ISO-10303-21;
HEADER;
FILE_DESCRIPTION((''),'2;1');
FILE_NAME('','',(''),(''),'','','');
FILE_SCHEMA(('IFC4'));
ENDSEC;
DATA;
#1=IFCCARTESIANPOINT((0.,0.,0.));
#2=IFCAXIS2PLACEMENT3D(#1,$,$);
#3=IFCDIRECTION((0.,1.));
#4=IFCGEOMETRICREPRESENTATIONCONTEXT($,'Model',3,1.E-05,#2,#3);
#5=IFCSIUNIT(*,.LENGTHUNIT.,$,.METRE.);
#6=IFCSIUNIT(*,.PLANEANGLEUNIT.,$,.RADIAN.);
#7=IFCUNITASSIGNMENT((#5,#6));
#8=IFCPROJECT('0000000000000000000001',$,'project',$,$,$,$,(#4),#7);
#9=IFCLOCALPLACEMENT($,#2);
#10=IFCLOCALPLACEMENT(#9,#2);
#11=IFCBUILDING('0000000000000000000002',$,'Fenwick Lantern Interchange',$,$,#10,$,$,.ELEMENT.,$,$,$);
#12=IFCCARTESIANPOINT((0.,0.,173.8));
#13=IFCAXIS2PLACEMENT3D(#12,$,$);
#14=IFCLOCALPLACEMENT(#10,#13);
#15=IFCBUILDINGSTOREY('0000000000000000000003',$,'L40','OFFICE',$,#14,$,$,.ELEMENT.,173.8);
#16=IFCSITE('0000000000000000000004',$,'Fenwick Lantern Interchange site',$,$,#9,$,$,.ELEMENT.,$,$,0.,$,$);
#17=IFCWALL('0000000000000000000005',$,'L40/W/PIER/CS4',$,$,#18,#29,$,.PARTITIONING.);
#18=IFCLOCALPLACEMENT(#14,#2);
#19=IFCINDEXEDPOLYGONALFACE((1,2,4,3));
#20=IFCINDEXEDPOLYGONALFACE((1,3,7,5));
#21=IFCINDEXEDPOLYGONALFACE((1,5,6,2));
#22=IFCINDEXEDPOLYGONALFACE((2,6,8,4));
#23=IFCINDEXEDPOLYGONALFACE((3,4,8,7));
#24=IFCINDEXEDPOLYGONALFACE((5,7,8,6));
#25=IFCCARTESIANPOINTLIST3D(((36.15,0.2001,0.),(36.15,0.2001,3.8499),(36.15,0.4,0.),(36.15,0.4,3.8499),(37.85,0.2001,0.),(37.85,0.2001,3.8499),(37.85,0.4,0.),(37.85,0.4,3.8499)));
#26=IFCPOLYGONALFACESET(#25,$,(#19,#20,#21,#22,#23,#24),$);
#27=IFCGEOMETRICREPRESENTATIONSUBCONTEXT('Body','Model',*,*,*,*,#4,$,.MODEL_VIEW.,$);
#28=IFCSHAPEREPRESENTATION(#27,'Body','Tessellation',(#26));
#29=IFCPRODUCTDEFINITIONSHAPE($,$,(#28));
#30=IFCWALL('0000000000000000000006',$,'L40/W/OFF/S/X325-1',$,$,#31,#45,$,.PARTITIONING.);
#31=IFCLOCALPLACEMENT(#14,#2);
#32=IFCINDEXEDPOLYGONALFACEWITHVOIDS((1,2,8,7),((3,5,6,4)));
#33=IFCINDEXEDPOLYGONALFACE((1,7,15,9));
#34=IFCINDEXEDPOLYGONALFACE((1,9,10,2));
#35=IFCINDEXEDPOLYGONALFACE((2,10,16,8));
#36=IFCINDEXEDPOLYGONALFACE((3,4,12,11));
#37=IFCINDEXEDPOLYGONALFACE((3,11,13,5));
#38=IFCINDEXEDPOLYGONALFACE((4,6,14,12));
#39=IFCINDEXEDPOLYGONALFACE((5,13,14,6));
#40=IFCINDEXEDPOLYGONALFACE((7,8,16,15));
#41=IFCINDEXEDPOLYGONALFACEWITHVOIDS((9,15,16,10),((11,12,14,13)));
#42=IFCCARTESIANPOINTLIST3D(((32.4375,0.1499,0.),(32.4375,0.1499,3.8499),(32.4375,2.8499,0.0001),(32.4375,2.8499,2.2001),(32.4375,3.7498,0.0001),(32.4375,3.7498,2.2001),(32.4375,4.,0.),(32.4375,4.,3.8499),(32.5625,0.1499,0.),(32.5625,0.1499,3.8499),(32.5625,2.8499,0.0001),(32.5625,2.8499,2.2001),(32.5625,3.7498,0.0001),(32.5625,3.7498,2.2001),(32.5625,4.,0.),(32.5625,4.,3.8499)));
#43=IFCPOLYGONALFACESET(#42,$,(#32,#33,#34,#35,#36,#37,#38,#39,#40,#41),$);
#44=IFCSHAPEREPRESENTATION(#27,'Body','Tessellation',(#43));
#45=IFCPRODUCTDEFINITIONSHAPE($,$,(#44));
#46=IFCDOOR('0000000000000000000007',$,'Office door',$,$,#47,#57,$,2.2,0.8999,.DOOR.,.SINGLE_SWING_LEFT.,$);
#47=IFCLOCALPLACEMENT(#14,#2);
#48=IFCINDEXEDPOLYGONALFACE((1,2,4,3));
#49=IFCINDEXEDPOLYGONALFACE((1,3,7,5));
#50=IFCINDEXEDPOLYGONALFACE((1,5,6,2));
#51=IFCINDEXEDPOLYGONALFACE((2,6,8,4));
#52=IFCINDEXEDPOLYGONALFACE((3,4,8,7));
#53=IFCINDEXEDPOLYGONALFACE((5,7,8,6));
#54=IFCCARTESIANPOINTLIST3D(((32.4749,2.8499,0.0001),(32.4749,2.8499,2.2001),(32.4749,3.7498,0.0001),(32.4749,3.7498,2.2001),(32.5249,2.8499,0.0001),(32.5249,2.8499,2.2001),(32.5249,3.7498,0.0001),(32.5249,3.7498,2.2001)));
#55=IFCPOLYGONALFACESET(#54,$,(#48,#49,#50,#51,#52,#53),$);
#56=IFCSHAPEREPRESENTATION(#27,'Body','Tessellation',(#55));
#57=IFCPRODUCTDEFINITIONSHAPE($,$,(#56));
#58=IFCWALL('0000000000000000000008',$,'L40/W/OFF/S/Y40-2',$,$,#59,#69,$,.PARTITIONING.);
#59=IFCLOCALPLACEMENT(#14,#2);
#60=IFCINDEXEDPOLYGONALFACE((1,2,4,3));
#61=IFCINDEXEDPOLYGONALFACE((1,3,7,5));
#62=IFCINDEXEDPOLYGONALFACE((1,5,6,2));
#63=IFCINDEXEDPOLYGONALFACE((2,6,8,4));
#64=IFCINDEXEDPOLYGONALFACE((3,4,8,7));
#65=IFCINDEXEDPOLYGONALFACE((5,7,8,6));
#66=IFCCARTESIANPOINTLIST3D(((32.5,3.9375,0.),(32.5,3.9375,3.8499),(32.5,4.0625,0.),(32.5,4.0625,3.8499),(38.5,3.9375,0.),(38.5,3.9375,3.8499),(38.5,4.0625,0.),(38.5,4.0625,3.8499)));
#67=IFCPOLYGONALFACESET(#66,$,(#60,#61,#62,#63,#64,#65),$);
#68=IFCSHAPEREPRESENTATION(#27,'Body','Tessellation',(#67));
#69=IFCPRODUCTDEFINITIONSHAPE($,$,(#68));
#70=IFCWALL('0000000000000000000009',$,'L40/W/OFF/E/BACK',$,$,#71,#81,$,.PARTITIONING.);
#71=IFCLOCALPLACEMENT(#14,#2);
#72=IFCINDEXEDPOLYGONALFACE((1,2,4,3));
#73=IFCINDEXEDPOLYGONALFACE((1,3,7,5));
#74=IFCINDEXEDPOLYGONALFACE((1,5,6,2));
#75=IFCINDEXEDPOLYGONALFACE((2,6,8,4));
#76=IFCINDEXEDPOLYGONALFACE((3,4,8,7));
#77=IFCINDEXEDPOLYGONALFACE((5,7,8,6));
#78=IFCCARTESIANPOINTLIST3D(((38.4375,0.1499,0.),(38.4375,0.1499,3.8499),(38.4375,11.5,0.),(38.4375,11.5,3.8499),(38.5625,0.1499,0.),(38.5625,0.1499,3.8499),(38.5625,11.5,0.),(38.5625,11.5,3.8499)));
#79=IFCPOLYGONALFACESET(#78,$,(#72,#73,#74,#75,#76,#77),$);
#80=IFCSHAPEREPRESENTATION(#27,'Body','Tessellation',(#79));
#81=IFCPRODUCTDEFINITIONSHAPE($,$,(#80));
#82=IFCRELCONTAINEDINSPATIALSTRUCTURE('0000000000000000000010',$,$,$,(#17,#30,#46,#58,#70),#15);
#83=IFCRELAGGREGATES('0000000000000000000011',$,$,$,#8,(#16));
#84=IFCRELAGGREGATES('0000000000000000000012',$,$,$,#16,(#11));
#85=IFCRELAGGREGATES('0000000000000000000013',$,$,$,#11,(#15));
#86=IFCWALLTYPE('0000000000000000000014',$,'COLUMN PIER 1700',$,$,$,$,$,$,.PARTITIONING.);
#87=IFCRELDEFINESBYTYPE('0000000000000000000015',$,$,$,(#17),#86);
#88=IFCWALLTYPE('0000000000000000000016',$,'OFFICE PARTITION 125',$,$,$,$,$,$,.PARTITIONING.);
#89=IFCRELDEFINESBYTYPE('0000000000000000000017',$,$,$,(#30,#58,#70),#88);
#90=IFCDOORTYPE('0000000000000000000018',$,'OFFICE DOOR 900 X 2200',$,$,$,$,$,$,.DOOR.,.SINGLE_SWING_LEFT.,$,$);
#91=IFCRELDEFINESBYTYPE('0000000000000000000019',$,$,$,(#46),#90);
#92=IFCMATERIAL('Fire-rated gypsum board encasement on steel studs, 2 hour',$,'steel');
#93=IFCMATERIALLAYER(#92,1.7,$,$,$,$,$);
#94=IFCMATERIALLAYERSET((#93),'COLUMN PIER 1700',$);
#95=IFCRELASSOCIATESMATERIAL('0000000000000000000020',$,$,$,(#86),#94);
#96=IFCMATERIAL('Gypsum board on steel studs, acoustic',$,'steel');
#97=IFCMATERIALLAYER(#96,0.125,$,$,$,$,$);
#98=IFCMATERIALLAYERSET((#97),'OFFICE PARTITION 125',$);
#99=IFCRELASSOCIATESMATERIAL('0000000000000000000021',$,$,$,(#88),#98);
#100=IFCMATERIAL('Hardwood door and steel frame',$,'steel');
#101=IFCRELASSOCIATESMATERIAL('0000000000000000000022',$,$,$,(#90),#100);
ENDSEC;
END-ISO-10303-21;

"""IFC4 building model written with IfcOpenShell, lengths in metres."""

from ifc_helpers import new_model, si_unit, direction, frame, frame_2d, origin, place, context, subcontext, project, spatial, rectangle, extrude, material, layer, layer_set, type_object, element, fill, save


model = new_model("IFC4")

# Units and contexts
model_context = context("Model", 3, precision=1e-05, world=origin(), true_north=direction((0.0, 1.0)))
body_context = subcontext(model_context, "Body", "Model", "MODEL_VIEW")
ifc_project = project(units=[si_unit("LENGTHUNIT", "METRE"), si_unit("PLANEANGLEUNIT", "RADIAN")], contexts=[model_context])

# Site, building, storey
site_placement = place(None, origin())
site = spatial("IfcSite", under=ifc_project, at=site_placement, Name="Fenwick Lantern Interchange site", CompositionType="ELEMENT", RefElevation=0.0)
building_placement = place(site_placement, origin())
building = spatial("IfcBuilding", under=site, at=building_placement, Name="Fenwick Lantern Interchange", CompositionType="ELEMENT")
storey_placement = place(building_placement, frame((0.0, 0.0, 173.8)))
storey = spatial("IfcBuildingStorey", under=building, at=storey_placement, Name="L40", Description="OFFICE", CompositionType="ELEMENT", Elevation=173.8)

# Wall
ifc_material_1 = material(Name="Fire-rated gypsum board encasement on steel studs, 2 hour", Category="steel")
ifc_layer_1 = layer(ifc_material_1, 1.7)
ifc_layer_set_1 = layer_set([ifc_layer_1], Name="COLUMN PIER 1700")
wall_type_1 = type_object("IfcWallType", Name="COLUMN PIER 1700", PredefinedType="PARTITIONING", material=ifc_layer_set_1)
wall_1_placement = place(storey_placement, frame((37.0, 0.2, 0.0), z_axis=(0.0, 0.0, 1.0), x_axis=(0.0, 1.0, 0.0)))
element("IfcWall", 1, at=wall_1_placement, inside=storey, type_object=wall_type_1, Name="L40/W/PIER/CS4", PredefinedType="PARTITIONING", context=body_context, shape_type="SweptSolid", body=[
    extrude(rectangle(XDim=0.2, YDim=1.7, at=frame_2d((0.1001, 0.0))), origin(), (0.0, 0.0, 1.0), 3.8499),
])

# Wall, opening, door
ifc_material_2 = material(Name="Gypsum board on steel studs, acoustic", Category="steel")
ifc_layer_2 = layer(ifc_material_2, 0.125)
ifc_layer_set_2 = layer_set([ifc_layer_2], Name="OFFICE PARTITION 125")
wall_type_2 = type_object("IfcWallType", Name="OFFICE PARTITION 125", PredefinedType="PARTITIONING", material=ifc_layer_set_2)
wall_2_placement = place(storey_placement, frame((32.5, 0.1499, 0.0), z_axis=(0.0, 0.0, 1.0), x_axis=(0.0, 1.0, 0.0)))
wall_2 = element("IfcWall", 2, at=wall_2_placement, inside=storey, type_object=wall_type_2, Name="L40/W/OFF/S/X325-1", PredefinedType="PARTITIONING", context=body_context, shape_type="SweptSolid", body=[
    extrude(rectangle(XDim=3.8501, YDim=0.125, at=frame_2d((1.925, 0.0))), origin(), (0.0, 0.0, 1.0), 3.8499),
])
opening_placement = place(wall_2_placement, frame((2.7, 0.0, 0.0)))
opening = element("IfcOpeningElement", 3, at=opening_placement, cuts=wall_2, PredefinedType="OPENING", context=body_context, shape_type="SweptSolid", body=[
    extrude(rectangle(XDim=0.8999, YDim=2.2, at=frame_2d((0.45, 1.1001))), frame((0.0, 0.0725, 0.0), z_axis=(0.0, -1.0, 0.0), x_axis=(1.0, 0.0, 0.0)), (0.0, 0.0, 1.0), 0.145),
])
ifc_material_3 = material(Name="Hardwood door and steel frame", Category="steel")
door_type = type_object("IfcDoorType", Name="OFFICE DOOR 900 X 2200", OperationType="SINGLE_SWING_LEFT", PredefinedType="DOOR", material=ifc_material_3)
door_placement = place(opening_placement, frame((0.8999, 0.0, 0.0), z_axis=(0.0, 0.0, 1.0), x_axis=(-1.0, 0.0, 0.0)))
door = element("IfcDoor", 4, at=door_placement, inside=storey, type_object=door_type, Name="Office door", OperationType="SINGLE_SWING_LEFT", OverallHeight=2.2, OverallWidth=0.8999, PredefinedType="DOOR", context=body_context, shape_type="SweptSolid", body=[
    extrude(rectangle(XDim=0.8999, YDim=2.2, at=frame_2d((0.45, 1.1001))), frame((0.0, 0.0249, 0.0), z_axis=(0.0, -1.0, 0.0), x_axis=(1.0, 0.0, 0.0)), (0.0, 0.0, 1.0), 0.05),
])
fill(opening, door)

# Walls
wall_3_placement = place(storey_placement, frame((32.5, 4.0, 0.0), z_axis=(0.0, 0.0, 1.0), x_axis=(1.0, 0.0, 0.0)))
element("IfcWall", 5, at=wall_3_placement, inside=storey, type_object=wall_type_2, Name="L40/W/OFF/S/Y40-2", PredefinedType="PARTITIONING", context=body_context, shape_type="SweptSolid", body=[
    extrude(rectangle(XDim=6.0, YDim=0.125, at=frame_2d((3.0, 0.0))), origin(), (0.0, 0.0, 1.0), 3.8499),
])
wall_4_placement = place(storey_placement, frame((38.5, 0.1499, 0.0), z_axis=(0.0, 0.0, 1.0), x_axis=(0.0, 1.0, 0.0)))
element("IfcWall", 6, at=wall_4_placement, inside=storey, type_object=wall_type_2, Name="L40/W/OFF/E/BACK", PredefinedType="PARTITIONING", context=body_context, shape_type="SweptSolid", body=[
    extrude(rectangle(XDim=11.3501, YDim=0.125, at=frame_2d((5.675, 0.0))), origin(), (0.0, 0.0, 1.0), 3.8499),
])

save(model, "model.ifc")
